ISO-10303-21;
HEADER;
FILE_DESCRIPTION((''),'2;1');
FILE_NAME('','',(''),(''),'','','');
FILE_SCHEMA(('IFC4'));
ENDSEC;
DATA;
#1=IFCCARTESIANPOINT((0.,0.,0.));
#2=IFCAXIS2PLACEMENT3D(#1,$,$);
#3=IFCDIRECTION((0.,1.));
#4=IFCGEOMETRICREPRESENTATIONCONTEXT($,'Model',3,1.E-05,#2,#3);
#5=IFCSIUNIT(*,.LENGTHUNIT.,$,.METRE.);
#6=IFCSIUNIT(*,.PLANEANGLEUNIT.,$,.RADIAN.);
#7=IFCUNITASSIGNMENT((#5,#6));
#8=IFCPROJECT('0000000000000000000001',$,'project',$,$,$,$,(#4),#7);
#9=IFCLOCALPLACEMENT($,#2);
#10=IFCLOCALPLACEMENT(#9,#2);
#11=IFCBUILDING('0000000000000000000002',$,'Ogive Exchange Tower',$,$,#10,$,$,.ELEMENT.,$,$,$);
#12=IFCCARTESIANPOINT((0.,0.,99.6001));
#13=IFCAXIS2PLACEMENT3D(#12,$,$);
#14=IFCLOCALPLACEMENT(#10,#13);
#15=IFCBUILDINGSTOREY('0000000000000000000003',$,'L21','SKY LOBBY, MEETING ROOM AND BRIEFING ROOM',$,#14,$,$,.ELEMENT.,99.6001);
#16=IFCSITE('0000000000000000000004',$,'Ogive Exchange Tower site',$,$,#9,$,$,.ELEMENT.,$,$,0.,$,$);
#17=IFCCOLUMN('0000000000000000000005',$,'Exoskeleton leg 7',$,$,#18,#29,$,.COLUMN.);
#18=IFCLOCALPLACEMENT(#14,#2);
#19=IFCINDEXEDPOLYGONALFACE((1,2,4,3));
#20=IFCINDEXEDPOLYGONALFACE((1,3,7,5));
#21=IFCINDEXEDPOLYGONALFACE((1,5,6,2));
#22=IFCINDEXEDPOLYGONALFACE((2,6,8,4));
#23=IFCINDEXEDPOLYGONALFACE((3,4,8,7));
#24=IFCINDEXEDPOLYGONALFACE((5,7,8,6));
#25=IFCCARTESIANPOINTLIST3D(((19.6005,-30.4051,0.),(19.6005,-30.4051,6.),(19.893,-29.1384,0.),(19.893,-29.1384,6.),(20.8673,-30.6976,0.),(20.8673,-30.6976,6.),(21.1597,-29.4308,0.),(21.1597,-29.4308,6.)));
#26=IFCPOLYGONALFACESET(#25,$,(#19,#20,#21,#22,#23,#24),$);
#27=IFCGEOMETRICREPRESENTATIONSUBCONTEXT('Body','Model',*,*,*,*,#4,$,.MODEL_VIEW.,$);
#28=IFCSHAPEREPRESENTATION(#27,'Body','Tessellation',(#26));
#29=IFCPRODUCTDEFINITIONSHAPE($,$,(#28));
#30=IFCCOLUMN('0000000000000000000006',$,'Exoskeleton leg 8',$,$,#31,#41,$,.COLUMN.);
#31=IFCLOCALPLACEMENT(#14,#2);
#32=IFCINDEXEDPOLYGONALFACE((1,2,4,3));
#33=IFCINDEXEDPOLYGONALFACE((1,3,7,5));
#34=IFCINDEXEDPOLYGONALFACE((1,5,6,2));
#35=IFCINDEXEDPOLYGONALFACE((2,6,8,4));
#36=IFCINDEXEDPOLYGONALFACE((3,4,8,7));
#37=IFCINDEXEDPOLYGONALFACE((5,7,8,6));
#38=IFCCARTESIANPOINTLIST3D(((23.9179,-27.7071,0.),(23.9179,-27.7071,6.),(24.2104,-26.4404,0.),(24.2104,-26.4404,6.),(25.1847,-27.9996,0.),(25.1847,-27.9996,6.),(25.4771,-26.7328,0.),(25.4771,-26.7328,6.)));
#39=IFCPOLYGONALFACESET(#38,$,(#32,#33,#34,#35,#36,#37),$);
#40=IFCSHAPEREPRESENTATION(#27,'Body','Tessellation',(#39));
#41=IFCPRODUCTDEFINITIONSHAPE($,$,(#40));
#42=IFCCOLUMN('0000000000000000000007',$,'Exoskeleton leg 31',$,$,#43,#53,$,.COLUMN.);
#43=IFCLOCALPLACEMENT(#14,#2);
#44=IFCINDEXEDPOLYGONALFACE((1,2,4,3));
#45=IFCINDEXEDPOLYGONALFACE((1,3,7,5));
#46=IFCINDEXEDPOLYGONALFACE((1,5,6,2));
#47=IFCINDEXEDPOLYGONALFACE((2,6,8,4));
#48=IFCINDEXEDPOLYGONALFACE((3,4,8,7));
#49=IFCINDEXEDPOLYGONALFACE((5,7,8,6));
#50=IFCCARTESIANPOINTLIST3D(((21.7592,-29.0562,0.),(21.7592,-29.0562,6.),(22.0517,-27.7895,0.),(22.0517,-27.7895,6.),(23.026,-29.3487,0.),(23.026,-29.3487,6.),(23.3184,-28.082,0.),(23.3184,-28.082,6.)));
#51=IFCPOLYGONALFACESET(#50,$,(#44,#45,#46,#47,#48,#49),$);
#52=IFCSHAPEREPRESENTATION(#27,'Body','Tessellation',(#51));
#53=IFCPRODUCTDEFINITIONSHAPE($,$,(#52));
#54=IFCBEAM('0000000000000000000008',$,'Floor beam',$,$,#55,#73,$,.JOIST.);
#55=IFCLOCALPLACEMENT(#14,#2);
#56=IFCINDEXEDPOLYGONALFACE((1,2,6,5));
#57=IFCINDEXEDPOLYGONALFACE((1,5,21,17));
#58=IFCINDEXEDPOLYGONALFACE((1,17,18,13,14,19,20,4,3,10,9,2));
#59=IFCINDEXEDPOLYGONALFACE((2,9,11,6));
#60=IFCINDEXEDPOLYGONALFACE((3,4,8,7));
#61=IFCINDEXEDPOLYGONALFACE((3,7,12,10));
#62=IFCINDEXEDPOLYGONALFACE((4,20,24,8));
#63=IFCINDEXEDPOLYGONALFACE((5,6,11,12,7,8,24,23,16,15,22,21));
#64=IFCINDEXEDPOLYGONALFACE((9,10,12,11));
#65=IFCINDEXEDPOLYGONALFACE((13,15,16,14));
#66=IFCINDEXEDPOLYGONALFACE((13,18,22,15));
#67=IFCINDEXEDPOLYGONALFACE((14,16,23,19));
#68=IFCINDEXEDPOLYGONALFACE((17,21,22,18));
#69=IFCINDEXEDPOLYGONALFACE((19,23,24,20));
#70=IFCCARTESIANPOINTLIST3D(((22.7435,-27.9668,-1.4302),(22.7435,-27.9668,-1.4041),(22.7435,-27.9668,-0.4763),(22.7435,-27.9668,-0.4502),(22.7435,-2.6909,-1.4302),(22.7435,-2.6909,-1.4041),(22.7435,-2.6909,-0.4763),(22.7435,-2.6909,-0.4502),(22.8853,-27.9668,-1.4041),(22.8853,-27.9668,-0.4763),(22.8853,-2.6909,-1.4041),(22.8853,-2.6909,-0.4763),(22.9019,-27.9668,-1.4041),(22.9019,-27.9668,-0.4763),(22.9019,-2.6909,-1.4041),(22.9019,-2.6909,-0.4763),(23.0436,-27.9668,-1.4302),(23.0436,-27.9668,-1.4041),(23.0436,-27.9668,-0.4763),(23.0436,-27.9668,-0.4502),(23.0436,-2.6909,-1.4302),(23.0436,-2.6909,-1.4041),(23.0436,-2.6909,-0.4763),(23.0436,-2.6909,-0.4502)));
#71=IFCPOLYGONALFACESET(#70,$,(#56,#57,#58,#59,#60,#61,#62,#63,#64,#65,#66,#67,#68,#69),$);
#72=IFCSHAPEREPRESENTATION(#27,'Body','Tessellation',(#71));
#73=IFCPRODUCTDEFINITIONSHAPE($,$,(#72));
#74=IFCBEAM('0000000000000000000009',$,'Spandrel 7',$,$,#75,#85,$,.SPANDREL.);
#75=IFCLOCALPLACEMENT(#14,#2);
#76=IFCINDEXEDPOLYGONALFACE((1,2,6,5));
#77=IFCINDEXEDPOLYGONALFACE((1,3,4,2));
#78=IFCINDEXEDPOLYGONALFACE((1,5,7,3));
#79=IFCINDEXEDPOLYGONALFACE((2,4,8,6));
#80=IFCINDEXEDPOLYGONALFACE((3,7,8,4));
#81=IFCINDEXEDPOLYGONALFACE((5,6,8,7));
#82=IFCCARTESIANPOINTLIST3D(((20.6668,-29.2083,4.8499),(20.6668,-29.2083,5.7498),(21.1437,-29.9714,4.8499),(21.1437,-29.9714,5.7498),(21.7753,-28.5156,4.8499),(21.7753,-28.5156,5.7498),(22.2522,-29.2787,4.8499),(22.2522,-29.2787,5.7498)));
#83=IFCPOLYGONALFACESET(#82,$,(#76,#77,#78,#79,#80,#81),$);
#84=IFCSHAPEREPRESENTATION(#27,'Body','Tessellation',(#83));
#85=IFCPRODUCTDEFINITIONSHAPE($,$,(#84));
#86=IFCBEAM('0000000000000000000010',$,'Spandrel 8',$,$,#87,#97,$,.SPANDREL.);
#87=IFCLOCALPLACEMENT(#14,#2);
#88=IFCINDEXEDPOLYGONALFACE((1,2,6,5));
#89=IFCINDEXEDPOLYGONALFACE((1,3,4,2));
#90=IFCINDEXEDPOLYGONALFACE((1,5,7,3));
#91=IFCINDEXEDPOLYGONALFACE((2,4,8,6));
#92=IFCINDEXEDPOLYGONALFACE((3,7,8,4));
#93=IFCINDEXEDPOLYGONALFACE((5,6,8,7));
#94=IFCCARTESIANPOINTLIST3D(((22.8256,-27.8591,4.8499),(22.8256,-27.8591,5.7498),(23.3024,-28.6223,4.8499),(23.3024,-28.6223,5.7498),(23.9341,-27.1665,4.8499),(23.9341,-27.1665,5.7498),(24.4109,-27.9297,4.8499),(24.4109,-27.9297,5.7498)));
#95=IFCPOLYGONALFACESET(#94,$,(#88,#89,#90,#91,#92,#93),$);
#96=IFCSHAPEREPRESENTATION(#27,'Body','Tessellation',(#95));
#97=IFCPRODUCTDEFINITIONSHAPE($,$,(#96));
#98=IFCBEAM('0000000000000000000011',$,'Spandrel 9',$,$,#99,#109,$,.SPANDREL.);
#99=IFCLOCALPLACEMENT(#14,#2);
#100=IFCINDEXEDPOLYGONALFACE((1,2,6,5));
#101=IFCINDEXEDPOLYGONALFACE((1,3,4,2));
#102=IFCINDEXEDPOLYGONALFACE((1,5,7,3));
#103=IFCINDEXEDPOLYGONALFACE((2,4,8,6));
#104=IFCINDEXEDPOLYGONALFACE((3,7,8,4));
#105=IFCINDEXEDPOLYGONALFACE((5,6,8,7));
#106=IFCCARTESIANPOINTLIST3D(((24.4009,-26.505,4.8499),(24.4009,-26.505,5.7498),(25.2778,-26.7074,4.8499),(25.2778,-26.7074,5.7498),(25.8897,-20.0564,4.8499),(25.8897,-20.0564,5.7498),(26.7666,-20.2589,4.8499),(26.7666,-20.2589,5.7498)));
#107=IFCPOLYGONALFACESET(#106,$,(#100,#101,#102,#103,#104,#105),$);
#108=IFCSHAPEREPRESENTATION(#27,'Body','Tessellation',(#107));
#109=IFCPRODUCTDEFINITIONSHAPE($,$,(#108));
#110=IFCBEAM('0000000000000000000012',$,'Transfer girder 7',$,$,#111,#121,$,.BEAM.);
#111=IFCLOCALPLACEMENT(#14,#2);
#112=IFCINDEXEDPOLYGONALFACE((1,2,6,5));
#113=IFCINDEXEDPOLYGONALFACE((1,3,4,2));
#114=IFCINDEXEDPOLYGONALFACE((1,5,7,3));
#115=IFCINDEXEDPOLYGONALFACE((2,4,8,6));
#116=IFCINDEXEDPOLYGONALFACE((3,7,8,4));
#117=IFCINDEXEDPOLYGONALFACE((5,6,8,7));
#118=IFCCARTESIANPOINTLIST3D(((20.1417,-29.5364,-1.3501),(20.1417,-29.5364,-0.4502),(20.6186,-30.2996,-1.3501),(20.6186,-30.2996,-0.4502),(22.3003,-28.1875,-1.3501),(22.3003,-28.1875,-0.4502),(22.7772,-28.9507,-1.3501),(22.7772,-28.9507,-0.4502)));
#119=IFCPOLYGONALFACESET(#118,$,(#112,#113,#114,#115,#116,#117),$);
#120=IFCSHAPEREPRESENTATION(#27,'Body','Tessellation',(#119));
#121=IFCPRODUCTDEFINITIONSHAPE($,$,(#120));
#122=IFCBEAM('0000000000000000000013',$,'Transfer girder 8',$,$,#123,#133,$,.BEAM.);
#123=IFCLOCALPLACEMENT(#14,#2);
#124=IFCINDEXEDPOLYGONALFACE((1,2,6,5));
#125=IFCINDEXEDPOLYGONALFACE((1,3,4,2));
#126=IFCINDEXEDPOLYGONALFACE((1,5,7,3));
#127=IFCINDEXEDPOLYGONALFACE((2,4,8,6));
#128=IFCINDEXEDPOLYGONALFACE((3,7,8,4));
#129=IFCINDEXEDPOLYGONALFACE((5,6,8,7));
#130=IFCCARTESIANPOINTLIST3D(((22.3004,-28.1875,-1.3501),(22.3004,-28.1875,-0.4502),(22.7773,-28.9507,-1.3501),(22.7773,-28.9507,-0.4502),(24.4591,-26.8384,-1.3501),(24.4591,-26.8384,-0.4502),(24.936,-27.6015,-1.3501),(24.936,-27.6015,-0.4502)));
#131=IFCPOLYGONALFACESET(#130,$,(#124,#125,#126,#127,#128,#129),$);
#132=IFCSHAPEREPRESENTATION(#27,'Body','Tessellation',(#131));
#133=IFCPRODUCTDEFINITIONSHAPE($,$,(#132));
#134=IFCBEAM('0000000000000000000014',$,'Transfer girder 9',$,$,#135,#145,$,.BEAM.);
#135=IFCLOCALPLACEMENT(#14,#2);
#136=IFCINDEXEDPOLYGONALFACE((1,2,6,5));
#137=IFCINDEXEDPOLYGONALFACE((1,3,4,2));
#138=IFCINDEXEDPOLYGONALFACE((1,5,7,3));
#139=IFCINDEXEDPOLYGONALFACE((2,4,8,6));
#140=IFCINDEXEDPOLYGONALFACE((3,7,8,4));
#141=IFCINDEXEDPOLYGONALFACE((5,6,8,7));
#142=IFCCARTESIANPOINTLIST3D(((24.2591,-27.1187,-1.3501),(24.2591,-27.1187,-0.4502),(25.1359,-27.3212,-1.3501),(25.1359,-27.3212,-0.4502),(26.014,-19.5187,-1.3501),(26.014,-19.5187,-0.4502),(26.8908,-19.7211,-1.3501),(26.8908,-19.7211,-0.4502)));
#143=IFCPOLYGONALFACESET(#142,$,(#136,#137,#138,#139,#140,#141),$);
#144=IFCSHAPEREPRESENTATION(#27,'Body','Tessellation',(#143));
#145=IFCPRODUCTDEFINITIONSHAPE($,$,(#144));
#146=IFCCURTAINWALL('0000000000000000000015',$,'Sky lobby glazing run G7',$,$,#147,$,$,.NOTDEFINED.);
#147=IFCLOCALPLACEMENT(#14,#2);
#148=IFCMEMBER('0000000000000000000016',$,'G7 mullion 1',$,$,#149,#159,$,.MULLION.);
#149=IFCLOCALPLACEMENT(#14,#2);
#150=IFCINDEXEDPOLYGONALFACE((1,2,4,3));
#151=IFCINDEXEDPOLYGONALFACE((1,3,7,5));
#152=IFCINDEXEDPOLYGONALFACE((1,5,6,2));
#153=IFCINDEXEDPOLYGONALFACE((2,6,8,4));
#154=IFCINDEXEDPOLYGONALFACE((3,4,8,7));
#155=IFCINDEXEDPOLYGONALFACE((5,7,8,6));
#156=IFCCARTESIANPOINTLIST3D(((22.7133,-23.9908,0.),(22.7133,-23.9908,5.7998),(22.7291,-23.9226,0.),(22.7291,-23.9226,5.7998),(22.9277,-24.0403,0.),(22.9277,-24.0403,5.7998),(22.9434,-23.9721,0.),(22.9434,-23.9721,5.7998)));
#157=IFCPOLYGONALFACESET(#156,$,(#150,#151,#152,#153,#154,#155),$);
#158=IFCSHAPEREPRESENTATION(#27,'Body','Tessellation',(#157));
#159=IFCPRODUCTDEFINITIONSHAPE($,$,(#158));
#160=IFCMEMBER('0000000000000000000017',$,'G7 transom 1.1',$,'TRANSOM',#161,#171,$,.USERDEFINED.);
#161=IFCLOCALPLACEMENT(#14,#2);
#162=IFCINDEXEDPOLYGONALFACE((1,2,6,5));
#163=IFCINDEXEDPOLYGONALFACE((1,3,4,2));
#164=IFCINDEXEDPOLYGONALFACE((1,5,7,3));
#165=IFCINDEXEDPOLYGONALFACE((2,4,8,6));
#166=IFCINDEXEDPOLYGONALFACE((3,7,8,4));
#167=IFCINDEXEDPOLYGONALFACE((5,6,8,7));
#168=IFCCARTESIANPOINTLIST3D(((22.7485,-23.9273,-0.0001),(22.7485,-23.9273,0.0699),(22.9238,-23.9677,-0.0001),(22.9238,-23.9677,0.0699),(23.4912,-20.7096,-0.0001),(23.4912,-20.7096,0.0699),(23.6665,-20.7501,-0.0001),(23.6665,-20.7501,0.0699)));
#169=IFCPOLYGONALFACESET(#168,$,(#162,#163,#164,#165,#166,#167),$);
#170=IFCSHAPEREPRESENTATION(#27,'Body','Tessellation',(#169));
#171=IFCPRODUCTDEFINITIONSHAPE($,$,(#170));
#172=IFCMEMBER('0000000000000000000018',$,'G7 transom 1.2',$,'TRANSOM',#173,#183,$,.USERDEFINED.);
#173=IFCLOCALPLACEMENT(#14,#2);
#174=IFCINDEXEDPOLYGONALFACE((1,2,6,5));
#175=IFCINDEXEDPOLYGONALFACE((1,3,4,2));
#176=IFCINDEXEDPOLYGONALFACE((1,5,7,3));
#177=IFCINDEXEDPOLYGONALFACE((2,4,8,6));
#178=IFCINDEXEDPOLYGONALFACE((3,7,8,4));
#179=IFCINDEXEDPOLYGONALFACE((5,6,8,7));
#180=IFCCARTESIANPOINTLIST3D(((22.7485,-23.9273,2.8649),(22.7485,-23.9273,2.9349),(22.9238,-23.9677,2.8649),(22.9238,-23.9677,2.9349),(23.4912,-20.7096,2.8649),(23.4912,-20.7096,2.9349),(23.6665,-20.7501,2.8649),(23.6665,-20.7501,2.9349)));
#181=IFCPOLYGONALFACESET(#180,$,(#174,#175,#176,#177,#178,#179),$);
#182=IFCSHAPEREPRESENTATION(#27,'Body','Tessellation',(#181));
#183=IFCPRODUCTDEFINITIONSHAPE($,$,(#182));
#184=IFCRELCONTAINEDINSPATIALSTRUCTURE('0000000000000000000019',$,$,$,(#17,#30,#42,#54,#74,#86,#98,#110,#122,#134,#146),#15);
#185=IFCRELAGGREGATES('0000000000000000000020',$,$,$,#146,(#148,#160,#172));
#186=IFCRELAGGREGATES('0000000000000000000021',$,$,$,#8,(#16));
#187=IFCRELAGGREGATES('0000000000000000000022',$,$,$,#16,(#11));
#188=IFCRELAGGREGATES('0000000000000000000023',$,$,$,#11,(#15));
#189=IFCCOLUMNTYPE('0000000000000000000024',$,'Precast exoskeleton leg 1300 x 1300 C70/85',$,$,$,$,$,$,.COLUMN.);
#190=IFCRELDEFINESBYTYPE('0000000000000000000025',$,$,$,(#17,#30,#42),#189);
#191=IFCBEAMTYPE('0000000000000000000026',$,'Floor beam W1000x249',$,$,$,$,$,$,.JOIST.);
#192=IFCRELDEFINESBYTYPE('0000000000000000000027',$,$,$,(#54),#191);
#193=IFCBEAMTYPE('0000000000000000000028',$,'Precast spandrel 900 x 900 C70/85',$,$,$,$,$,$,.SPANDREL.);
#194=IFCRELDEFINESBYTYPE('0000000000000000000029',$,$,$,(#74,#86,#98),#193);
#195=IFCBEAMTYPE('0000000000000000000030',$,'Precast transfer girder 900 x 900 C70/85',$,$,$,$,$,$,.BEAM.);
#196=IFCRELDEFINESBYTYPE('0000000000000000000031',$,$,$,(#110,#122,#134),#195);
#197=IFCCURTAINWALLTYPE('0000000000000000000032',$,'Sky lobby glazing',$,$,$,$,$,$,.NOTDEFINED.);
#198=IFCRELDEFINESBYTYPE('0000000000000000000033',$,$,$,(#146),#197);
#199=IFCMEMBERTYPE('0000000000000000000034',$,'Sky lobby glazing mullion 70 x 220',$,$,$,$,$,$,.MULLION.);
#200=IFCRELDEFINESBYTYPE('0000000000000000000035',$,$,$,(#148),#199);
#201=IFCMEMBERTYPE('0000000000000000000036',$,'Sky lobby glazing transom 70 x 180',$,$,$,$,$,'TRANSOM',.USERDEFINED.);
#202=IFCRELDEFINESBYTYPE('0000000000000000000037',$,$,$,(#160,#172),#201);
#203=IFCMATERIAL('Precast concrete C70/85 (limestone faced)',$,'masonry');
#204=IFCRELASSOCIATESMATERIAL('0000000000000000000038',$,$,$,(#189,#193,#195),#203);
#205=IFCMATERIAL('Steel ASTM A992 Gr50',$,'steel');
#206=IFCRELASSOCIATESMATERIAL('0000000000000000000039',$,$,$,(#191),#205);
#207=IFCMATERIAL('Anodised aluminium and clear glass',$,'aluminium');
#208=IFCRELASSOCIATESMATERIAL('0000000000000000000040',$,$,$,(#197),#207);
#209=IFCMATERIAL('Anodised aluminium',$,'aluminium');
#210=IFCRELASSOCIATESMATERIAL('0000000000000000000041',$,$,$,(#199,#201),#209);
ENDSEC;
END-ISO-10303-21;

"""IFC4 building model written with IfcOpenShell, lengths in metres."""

from ifc_helpers import new_model, si_unit, direction, frame, origin, origin_2d, place, context, subcontext, project, spatial, rectangle, i_section, extrude, material, material_profile, profile_set, type_object, element, aggregate, save


model = new_model("IFC4")

# Units and contexts
model_context = context("Model", 3, precision=1e-05, world=origin(), true_north=direction((0.0, 1.0)))
body_context = subcontext(model_context, "Body", "Model", "MODEL_VIEW")
ifc_project = project(units=[si_unit("LENGTHUNIT", "METRE"), si_unit("PLANEANGLEUNIT", "RADIAN")], contexts=[model_context])

# Site, building, storey
site_placement = place(None, origin())
site = spatial("IfcSite", under=ifc_project, at=site_placement, Name="Ogive Exchange Tower site", CompositionType="ELEMENT", RefElevation=0.0)
building_placement = place(site_placement, origin())
building = spatial("IfcBuilding", under=site, at=building_placement, Name="Ogive Exchange Tower", CompositionType="ELEMENT")
storey_placement = place(building_placement, frame((0.0, 0.0, 99.6001)))
storey = spatial("IfcBuildingStorey", under=building, at=storey_placement, Name="L21", Description="SKY LOBBY, MEETING ROOM AND BRIEFING ROOM", CompositionType="ELEMENT", Elevation=99.6001)

# Columns
ifc_material_1 = material(Name="Precast concrete C70/85 (limestone faced)", Category="masonry")
ifc_material_profile_1 = material_profile(ifc_material_1, rectangle(XDim=1.3, YDim=1.3, at=origin_2d()), Name="1300 x 1300")
ifc_profile_set_1 = profile_set([ifc_material_profile_1], Name="Precast concrete C70/85 (limestone faced)")
column_type = type_object("IfcColumnType", Name="Precast exoskeleton leg 1300 x 1300 C70/85", PredefinedType="COLUMN", material=ifc_profile_set_1)
for number, where, z_axis, x_axis, name in (
    (1, (20.3801, -29.918, 0.0), (0.0, 0.0, 1.0), (0.97437, -0.224951, 0.0), "Exoskeleton leg 7"),
    (2, (24.6975, -27.22, 0.0), (0.0, 0.0, 1.0), (0.97437, -0.224951, 0.0), "Exoskeleton leg 8"),
    (3, (22.5388, -28.5691, 0.0), (0.0, 0.0, 1.0), (0.97437, -0.224951, 0.0), "Exoskeleton leg 31"),
):
    element("IfcColumn", number, at=place(storey_placement, frame(where, z_axis=z_axis, x_axis=x_axis)), inside=storey, type_object=column_type, Name=name, PredefinedType="COLUMN", context=body_context, shape_type="SweptSolid", body=[
        extrude(rectangle(XDim=1.3, YDim=1.3, at=origin_2d()), origin(), (0.0, 0.0, 1.0), 6.0),
    ])

# Beams
ifc_material_2 = material(Name="Steel ASTM A992 Gr50", Category="steel")
ifc_material_profile_2 = material_profile(ifc_material_2, i_section(OverallWidth=0.3, OverallDepth=0.98, WebThickness=0.0166, FlangeThickness=0.0261, at=origin_2d()), Name="W1000x249")
ifc_profile_set_2 = profile_set([ifc_material_profile_2], Name="Steel ASTM A992 Gr50")
beam_type_1 = type_object("IfcBeamType", Name="Floor beam W1000x249", PredefinedType="JOIST", material=ifc_profile_set_2)
beam_1_placement = place(storey_placement, frame((22.8936, -27.9668, -0.9402), z_axis=(0.0, 1.0, 0.0), x_axis=(-1.0, 0.0, 0.0)))
element("IfcBeam", 4, at=beam_1_placement, inside=storey, type_object=beam_type_1, Name="Floor beam", PredefinedType="JOIST", context=body_context, shape_type="SweptSolid", body=[
    extrude(i_section(OverallWidth=0.3, OverallDepth=0.98, WebThickness=0.0166, FlangeThickness=0.0261, at=origin_2d()), origin(), (0.0, 0.0, 1.0), 25.2759),
])
ifc_material_profile_3 = material_profile(ifc_material_1, rectangle(XDim=0.8999, YDim=0.8999, at=origin_2d()), Name="900 x 900")
ifc_profile_set_3 = profile_set([ifc_material_profile_3], Name="Precast concrete C70/85 (limestone faced)")
beam_type_2 = type_object("IfcBeamType", Name="Precast spandrel 900 x 900 C70/85", PredefinedType="SPANDREL", material=ifc_profile_set_3)
for number, where, z_axis, x_axis, name in (
    (5, (20.9053, -29.5898, 5.2998), (0.84804, 0.529932, 0.0), (-0.529932, 0.84804, 0.0), "Spandrel 7"),
    (6, (23.064, -28.2407, 5.2998), (0.848093, 0.529848, 0.0), (-0.529848, 0.848093, 0.0), "Spandrel 8"),
):
    element("IfcBeam", number, at=place(storey_placement, frame(where, z_axis=z_axis, x_axis=x_axis)), inside=storey, type_object=beam_type_2, Name=name, PredefinedType="SPANDREL", context=body_context, shape_type="SweptSolid", body=[
        extrude(rectangle(XDim=0.8999, YDim=0.8999, at=origin_2d()), origin(), (0.0, 0.0, 1.0), 1.3071),
    ])
beam_2_placement = place(storey_placement, frame((24.8394, -26.6062, 5.2998), z_axis=(0.224954, 0.974369, 0.0), x_axis=(-0.974369, 0.224954, 0.0)))
element("IfcBeam", 7, at=beam_2_placement, inside=storey, type_object=beam_type_2, Name="Spandrel 9", PredefinedType="SPANDREL", context=body_context, shape_type="SweptSolid", body=[
    extrude(rectangle(XDim=0.8999, YDim=0.8999, at=origin_2d()), origin(), (0.0, 0.0, 1.0), 6.6182),
])
ifc_material_profile_4 = material_profile(ifc_material_1, rectangle(XDim=0.8999, YDim=0.8999, at=origin_2d()), Name="900 x 900")
ifc_profile_set_4 = profile_set([ifc_material_profile_4], Name="Precast concrete C70/85 (limestone faced)")
beam_type_3 = type_object("IfcBeamType", Name="Precast transfer girder 900 x 900 C70/85", PredefinedType="BEAM", material=ifc_profile_set_4)
beam_3_placement = place(storey_placement, frame((20.3801, -29.918, -0.9001), z_axis=(0.848052, 0.529913, 0.0), x_axis=(-0.529913, 0.848052, 0.0)))
element("IfcBeam", 8, at=beam_3_placement, inside=storey, type_object=beam_type_3, Name="Transfer girder 7", PredefinedType="BEAM", context=body_context, shape_type="SweptSolid", body=[
    extrude(rectangle(XDim=0.8999, YDim=0.8999, at=origin_2d()), origin(), (0.0, 0.0, 1.0), 2.5454),
])
beam_4_placement = place(storey_placement, frame((22.5388, -28.5691, -0.9001), z_axis=(0.848009, 0.529982, 0.0), x_axis=(-0.529982, 0.848009, 0.0)))
element("IfcBeam", 9, at=beam_4_placement, inside=storey, type_object=beam_type_3, Name="Transfer girder 8", PredefinedType="BEAM", context=body_context, shape_type="SweptSolid", body=[
    extrude(rectangle(XDim=0.8999, YDim=0.8999, at=origin_2d()), origin(), (0.0, 0.0, 1.0), 2.5457),
])
beam_5_placement = place(storey_placement, frame((24.6975, -27.22, -0.9001), z_axis=(0.224983, 0.974363, 0.0), x_axis=(-0.974363, 0.224983, 0.0)))
element("IfcBeam", 10, at=beam_5_placement, inside=storey, type_object=beam_type_3, Name="Transfer girder 9", PredefinedType="BEAM", context=body_context, shape_type="SweptSolid", body=[
    extrude(rectangle(XDim=0.8999, YDim=0.8999, at=origin_2d()), origin(), (0.0, 0.0, 1.0), 7.8),
])

# Curtain wall, members
ifc_material_3 = material(Name="Anodised aluminium and clear glass", Category="aluminium")
curtain_wall_type = type_object("IfcCurtainWallType", Name="Sky lobby glazing", PredefinedType="NOTDEFINED", material=ifc_material_3)
curtain_wall_placement = place(storey_placement, origin())
curtain_wall = element("IfcCurtainWall", 11, at=curtain_wall_placement, inside=storey, type_object=curtain_wall_type, Name="Sky lobby glazing run G7", PredefinedType="NOTDEFINED")
ifc_material_4 = material(Name="Anodised aluminium", Category="aluminium")
ifc_material_profile_5 = material_profile(ifc_material_4, rectangle(XDim=0.22, YDim=0.0701, at=origin_2d()), Name="AL 70x220")
ifc_profile_set_5 = profile_set([ifc_material_profile_5], Name="Anodised aluminium")
member_type_1 = type_object("IfcMemberType", Name="Sky lobby glazing mullion 70 x 220", PredefinedType="MULLION", material=ifc_profile_set_5)
member_1_placement = place(storey_placement, frame((22.8284, -23.9814, 0.0), z_axis=(0.0, 0.0, 1.0), x_axis=(-0.97437, 0.224952, 0.0)))
member_1 = element("IfcMember", 12, at=member_1_placement, type_object=member_type_1, Name="G7 mullion 1", PredefinedType="MULLION", context=body_context, shape_type="SweptSolid", body=[
    extrude(rectangle(XDim=0.22, YDim=0.0701, at=origin_2d()), origin(), (0.0, 0.0, 1.0), 5.7998),
])
ifc_material_profile_6 = material_profile(ifc_material_4, rectangle(XDim=0.1799, YDim=0.0701, at=origin_2d()), Name="AL 70x180")
ifc_profile_set_6 = profile_set([ifc_material_profile_6], Name="Anodised aluminium")
member_type_2 = type_object("IfcMemberType", Name="Sky lobby glazing transom 70 x 180", ElementType="TRANSOM", PredefinedType="USERDEFINED", material=ifc_profile_set_6)
member_2_placement = place(storey_placement, frame((22.8362, -23.9475, 0.0349), z_axis=(0.224892, 0.974384, 0.0), x_axis=(-0.974384, 0.224892, 0.0)))
member_2 = element("IfcMember", 13, at=member_2_placement, type_object=member_type_2, Name="G7 transom 1.1", ObjectType="TRANSOM", PredefinedType="USERDEFINED", context=body_context, shape_type="SweptSolid", body=[
    extrude(rectangle(XDim=0.1799, YDim=0.0701, at=origin_2d()), origin(), (0.0, 0.0, 1.0), 3.3022),
])
member_3_placement = place(storey_placement, frame((22.8362, -23.9475, 2.8999), z_axis=(0.224892, 0.974384, 0.0), x_axis=(-0.974384, 0.224892, 0.0)))
member_3 = element("IfcMember", 14, at=member_3_placement, type_object=member_type_2, Name="G7 transom 1.2", ObjectType="TRANSOM", PredefinedType="USERDEFINED", context=body_context, shape_type="SweptSolid", body=[
    extrude(rectangle(XDim=0.1799, YDim=0.0701, at=origin_2d()), origin(), (0.0, 0.0, 1.0), 3.3022),
])
aggregate(curtain_wall, [member_1, member_2, member_3])

save(model, "model.ifc")
